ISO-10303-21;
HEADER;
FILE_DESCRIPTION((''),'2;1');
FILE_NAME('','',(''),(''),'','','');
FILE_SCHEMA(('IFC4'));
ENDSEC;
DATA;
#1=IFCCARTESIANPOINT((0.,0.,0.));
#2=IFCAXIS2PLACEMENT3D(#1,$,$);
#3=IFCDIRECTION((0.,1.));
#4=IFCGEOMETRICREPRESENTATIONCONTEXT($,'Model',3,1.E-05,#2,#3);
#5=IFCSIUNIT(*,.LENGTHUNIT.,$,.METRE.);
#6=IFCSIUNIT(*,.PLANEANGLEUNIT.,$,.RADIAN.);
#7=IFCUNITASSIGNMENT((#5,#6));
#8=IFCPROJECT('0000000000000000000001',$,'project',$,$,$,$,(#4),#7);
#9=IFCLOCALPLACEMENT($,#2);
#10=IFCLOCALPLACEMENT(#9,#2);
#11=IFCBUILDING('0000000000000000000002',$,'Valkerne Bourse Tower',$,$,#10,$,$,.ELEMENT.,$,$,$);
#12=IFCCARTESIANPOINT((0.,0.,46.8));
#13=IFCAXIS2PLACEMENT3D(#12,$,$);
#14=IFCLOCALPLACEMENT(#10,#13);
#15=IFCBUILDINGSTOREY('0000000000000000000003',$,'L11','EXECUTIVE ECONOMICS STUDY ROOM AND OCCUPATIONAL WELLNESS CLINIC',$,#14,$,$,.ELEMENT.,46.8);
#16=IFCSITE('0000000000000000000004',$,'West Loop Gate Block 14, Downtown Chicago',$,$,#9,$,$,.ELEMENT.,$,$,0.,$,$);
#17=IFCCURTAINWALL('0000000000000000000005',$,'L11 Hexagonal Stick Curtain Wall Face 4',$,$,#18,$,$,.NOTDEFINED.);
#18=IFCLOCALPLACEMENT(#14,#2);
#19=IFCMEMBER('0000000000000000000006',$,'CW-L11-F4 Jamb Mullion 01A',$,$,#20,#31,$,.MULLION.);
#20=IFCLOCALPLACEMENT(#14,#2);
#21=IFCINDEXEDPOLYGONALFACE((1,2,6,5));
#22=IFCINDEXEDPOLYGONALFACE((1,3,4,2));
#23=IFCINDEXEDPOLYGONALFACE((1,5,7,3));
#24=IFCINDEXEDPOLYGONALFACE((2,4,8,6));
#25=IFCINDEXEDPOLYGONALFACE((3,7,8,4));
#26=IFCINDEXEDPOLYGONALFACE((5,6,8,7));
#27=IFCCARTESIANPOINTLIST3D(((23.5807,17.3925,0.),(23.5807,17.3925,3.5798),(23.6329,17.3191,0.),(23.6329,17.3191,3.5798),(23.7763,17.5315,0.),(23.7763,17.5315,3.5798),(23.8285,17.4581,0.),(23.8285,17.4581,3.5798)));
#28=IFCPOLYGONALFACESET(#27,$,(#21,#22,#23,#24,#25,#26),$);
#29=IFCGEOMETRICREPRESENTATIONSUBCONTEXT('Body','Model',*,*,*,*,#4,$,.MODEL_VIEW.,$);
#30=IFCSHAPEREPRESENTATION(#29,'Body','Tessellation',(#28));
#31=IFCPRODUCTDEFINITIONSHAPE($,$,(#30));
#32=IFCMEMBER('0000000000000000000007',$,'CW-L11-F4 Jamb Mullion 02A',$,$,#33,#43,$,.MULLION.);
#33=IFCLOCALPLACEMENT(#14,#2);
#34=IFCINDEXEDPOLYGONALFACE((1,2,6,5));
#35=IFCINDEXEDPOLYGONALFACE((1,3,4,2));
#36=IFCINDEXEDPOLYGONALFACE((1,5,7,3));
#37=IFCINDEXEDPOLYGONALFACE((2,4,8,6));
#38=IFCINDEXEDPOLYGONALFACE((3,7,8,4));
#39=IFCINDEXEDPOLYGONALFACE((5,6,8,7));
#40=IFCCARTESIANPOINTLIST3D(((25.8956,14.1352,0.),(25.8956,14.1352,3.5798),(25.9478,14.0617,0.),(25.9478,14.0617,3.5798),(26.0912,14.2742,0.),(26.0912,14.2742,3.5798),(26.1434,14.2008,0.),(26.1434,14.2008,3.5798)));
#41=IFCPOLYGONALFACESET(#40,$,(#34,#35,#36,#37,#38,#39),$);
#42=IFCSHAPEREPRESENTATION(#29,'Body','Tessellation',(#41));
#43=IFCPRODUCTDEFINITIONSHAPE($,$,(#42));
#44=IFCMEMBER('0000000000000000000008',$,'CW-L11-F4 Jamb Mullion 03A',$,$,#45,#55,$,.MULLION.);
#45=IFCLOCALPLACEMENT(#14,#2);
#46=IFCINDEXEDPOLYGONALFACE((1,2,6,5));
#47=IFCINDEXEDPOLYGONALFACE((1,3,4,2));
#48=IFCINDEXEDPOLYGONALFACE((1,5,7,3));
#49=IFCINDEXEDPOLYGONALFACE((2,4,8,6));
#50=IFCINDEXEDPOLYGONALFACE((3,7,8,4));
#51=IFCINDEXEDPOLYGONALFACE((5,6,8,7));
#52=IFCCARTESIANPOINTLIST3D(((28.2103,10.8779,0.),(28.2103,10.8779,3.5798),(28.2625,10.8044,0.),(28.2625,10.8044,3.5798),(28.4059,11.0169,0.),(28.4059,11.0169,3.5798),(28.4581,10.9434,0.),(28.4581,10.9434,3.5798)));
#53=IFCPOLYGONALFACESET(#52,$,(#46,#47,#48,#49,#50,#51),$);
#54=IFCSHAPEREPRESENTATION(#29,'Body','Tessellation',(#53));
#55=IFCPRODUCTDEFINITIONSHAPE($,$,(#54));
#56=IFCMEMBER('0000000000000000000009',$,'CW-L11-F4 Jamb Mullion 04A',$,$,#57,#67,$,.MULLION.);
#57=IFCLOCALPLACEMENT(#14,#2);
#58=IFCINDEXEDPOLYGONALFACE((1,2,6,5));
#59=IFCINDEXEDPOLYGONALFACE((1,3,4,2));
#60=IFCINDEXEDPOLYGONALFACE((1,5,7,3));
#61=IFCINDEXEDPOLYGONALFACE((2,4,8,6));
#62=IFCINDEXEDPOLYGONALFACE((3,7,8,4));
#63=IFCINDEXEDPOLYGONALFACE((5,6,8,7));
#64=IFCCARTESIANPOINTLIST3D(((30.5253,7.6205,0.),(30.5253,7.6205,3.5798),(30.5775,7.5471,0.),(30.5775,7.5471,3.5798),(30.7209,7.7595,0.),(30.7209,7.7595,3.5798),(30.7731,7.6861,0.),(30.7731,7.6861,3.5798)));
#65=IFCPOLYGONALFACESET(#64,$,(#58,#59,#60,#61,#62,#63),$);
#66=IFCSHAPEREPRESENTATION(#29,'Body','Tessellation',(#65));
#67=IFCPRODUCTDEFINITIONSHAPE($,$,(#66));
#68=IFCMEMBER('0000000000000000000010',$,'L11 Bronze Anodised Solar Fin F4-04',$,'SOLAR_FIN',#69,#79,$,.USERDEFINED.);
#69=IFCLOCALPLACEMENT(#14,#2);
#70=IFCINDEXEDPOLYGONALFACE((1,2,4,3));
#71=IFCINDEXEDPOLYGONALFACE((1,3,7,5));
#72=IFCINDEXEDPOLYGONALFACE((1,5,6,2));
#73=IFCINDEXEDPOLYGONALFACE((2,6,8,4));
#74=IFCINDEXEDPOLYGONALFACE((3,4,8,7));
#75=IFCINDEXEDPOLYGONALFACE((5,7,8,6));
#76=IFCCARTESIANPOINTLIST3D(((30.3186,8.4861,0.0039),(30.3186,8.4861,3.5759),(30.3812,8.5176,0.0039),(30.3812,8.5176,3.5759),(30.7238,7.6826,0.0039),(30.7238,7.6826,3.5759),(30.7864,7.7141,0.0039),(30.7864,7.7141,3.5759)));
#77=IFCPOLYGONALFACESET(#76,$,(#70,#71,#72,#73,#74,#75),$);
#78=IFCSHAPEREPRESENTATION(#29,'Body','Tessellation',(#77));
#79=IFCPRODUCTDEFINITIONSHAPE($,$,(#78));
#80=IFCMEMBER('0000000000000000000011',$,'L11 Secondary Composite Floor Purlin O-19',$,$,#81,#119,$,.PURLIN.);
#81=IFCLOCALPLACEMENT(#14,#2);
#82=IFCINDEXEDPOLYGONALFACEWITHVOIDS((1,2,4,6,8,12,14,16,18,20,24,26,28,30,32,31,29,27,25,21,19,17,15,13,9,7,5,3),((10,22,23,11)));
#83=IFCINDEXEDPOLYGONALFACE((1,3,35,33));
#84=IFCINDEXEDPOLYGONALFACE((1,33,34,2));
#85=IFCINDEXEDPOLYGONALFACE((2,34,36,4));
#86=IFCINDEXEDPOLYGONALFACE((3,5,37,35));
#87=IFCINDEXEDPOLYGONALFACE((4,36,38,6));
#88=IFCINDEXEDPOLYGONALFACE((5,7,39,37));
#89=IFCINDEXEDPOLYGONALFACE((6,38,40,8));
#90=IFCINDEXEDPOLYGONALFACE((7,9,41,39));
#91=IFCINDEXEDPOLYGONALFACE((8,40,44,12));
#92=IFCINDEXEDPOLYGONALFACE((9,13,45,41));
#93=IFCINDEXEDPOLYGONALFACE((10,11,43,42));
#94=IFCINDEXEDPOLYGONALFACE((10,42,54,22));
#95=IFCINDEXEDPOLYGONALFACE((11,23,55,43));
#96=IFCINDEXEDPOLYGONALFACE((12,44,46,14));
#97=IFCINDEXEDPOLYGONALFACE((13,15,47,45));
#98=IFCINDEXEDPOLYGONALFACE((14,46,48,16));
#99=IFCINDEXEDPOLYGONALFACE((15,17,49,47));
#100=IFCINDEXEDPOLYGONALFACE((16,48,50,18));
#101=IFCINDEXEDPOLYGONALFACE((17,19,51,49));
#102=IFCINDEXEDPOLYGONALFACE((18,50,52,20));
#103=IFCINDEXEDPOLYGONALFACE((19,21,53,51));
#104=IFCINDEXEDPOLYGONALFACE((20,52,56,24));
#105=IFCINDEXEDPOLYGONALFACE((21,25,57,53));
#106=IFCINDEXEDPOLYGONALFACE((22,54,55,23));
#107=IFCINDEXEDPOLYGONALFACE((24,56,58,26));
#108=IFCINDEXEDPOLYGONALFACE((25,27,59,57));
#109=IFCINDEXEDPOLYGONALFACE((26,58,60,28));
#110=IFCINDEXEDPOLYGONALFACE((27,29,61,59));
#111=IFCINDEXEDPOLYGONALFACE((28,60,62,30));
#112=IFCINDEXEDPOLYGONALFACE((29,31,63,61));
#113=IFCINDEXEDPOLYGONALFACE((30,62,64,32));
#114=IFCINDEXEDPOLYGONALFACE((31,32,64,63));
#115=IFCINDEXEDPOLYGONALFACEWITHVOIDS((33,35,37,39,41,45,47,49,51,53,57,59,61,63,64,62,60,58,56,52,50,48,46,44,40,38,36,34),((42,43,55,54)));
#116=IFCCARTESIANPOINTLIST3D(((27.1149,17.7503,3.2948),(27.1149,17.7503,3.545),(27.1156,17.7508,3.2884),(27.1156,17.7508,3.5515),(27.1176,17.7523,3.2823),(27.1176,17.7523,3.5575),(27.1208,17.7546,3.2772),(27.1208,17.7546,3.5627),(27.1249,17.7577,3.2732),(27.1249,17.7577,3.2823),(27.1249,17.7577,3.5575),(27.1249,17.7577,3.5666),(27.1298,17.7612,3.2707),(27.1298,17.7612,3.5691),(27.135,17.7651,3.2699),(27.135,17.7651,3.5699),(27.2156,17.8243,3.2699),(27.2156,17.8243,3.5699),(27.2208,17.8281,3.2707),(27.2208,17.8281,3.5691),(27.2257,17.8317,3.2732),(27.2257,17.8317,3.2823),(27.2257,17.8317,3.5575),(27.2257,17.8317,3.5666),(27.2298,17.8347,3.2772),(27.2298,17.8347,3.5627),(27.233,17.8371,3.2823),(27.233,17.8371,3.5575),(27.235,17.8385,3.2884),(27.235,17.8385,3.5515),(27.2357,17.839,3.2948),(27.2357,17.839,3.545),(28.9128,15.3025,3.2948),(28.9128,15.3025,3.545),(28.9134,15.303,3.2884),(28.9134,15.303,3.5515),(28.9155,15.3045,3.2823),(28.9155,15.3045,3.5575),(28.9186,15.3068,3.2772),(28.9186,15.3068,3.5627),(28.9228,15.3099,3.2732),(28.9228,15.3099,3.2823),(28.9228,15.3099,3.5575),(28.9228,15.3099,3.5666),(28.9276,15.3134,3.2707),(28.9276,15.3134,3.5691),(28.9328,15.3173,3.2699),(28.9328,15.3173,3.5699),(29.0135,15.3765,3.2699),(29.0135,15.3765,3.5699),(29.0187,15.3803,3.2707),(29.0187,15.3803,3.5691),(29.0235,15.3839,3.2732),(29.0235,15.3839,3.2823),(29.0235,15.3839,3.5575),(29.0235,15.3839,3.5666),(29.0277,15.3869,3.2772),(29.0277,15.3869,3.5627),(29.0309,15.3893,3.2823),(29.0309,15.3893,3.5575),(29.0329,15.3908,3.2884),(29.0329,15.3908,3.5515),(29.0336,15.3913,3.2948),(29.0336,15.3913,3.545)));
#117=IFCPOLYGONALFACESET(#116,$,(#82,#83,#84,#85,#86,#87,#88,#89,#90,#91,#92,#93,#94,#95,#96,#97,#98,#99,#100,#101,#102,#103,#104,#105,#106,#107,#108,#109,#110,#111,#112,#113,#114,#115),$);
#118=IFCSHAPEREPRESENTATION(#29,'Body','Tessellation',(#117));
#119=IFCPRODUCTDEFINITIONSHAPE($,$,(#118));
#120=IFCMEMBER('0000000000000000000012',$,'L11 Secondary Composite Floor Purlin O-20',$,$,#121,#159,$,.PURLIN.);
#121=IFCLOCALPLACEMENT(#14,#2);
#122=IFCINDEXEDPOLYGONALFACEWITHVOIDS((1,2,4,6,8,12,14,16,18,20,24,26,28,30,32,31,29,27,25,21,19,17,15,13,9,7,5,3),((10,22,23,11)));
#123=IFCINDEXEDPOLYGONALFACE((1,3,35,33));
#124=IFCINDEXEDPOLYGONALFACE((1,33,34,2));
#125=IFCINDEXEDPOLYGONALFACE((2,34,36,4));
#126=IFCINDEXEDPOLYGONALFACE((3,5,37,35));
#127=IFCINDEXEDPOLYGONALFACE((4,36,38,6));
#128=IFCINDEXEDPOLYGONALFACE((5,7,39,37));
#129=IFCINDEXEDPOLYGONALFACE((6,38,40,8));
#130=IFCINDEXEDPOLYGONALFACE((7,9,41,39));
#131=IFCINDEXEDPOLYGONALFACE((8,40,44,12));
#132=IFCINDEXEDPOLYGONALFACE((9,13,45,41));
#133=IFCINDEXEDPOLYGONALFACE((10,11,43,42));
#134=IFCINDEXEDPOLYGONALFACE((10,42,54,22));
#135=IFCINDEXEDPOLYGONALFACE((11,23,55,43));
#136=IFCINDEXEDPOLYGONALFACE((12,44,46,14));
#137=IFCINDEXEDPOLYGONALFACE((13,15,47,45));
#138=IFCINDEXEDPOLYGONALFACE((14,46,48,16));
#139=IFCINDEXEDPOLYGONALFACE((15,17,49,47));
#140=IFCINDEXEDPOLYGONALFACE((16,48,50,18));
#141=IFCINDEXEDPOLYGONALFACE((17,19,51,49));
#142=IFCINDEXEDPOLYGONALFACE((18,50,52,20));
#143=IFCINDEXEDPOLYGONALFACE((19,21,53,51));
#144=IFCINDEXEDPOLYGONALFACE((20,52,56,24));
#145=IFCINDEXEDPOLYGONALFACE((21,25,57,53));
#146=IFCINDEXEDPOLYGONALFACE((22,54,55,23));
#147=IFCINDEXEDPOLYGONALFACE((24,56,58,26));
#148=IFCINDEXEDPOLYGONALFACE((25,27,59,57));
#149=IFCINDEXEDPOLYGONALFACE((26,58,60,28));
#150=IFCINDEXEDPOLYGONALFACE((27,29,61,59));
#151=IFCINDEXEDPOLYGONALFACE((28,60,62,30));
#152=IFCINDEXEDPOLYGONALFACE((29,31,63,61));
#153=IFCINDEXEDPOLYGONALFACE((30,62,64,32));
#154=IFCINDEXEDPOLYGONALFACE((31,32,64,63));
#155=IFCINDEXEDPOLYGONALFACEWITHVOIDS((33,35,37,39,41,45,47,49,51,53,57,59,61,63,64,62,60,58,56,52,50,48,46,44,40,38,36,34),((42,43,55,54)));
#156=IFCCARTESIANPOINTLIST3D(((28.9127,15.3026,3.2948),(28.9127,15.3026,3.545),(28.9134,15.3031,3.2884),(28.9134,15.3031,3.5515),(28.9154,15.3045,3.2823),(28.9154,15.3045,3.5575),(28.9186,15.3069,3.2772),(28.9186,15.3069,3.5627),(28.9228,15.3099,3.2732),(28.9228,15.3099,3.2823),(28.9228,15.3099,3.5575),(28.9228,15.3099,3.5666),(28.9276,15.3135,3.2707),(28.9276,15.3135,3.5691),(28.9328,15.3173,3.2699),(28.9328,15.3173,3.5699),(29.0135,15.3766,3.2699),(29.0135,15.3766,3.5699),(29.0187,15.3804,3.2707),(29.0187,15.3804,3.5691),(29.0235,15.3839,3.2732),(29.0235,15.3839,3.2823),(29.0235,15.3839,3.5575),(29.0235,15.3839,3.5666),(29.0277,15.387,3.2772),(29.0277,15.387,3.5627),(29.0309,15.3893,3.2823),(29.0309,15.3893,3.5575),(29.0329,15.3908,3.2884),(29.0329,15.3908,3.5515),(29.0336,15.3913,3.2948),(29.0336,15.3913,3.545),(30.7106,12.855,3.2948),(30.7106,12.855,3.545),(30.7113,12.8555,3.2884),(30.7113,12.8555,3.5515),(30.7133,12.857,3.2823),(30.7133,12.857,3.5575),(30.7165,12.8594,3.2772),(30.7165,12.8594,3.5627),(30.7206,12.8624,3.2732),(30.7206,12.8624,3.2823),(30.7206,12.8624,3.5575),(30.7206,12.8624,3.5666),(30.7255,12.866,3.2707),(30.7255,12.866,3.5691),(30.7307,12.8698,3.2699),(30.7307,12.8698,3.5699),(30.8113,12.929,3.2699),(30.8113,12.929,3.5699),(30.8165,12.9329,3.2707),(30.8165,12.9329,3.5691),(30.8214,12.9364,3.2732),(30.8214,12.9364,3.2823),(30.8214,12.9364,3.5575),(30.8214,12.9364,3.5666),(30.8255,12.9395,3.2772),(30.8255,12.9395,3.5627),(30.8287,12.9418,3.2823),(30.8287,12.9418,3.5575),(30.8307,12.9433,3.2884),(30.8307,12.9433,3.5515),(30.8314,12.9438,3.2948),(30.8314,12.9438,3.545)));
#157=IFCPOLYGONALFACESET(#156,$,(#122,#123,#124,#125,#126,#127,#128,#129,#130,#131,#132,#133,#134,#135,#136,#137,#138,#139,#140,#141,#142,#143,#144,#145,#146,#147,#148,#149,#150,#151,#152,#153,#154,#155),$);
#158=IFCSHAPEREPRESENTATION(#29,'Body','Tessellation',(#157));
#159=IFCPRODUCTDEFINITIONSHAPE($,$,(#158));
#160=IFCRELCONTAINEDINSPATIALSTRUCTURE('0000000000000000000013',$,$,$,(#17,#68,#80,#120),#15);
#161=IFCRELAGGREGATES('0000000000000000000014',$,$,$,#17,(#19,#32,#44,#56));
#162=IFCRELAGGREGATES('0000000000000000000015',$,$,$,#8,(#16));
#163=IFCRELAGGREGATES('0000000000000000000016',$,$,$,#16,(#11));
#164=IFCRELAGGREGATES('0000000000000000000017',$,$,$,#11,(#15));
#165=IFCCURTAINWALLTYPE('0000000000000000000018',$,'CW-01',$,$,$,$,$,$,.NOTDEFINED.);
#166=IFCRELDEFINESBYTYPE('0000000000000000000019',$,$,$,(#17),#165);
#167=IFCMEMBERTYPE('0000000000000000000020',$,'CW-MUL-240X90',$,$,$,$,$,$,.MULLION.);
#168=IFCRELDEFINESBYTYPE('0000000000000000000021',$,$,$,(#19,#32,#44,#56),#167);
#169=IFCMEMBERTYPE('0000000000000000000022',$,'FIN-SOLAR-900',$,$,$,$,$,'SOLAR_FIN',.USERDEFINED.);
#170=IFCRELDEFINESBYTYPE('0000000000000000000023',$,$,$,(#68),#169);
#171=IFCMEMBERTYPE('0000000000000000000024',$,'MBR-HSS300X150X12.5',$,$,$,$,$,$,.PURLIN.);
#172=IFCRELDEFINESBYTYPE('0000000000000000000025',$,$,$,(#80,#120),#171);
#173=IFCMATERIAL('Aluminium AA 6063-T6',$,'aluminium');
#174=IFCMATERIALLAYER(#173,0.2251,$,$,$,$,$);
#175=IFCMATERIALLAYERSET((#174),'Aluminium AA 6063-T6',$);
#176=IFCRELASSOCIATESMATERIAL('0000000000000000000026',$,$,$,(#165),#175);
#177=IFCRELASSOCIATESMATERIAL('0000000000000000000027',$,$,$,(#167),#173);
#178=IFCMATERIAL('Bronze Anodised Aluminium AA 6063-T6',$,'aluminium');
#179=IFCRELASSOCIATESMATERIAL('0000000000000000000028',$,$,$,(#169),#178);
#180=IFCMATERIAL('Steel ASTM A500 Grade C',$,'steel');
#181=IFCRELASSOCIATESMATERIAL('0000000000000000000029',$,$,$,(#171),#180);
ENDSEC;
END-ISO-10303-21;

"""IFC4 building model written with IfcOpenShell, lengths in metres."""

from ifc_helpers import new_model, si_unit, direction, frame, origin, origin_2d, place, context, subcontext, project, spatial, rectangle, hollow_rectangle, extrude, material, layer, layer_set, material_profile, profile_set, type_object, element, aggregate, save


model = new_model("IFC4")

# Units and contexts
model_context = context("Model", 3, precision=1e-05, world=origin(), true_north=direction((0.0, 1.0)))
body_context = subcontext(model_context, "Body", "Model", "MODEL_VIEW")
ifc_project = project(units=[si_unit("LENGTHUNIT", "METRE"), si_unit("PLANEANGLEUNIT", "RADIAN")], contexts=[model_context])

# Site, building, storey
site_placement = place(None, origin())
site = spatial("IfcSite", under=ifc_project, at=site_placement, Name="West Loop Gate Block 14, Downtown Chicago", CompositionType="ELEMENT", RefElevation=0.0)
building_placement = place(site_placement, origin())
building = spatial("IfcBuilding", under=site, at=building_placement, Name="Valkerne Bourse Tower", CompositionType="ELEMENT")
storey_placement = place(building_placement, frame((0.0, 0.0, 46.8)))
storey = spatial("IfcBuildingStorey", under=building, at=storey_placement, Name="L11", Description="EXECUTIVE ECONOMICS STUDY ROOM AND OCCUPATIONAL WELLNESS CLINIC", CompositionType="ELEMENT", Elevation=46.8)

# Curtain wall, members
ifc_material_1 = material(Name="Aluminium AA 6063-T6", Category="aluminium")
ifc_layer_1 = layer(ifc_material_1, 0.2251)
ifc_layer_set_1 = layer_set([ifc_layer_1], Name="Aluminium AA 6063-T6")
curtain_wall_type = type_object("IfcCurtainWallType", Name="CW-01", PredefinedType="NOTDEFINED", material=ifc_layer_set_1)
curtain_wall_placement = place(storey_placement, origin())
curtain_wall = element("IfcCurtainWall", 1, at=curtain_wall_placement, inside=storey, type_object=curtain_wall_type, Name="L11 Hexagonal Stick Curtain Wall Face 4", PredefinedType="NOTDEFINED")
ifc_material_profile_1 = material_profile(ifc_material_1, rectangle(XDim=0.0901, YDim=0.24, at=origin_2d()), Name="CWM-90X240")
ifc_profile_set_1 = profile_set([ifc_material_profile_1], Name="Aluminium AA 6063-T6")
member_type_1 = type_object("IfcMemberType", Name="CW-MUL-240X90", PredefinedType="MULLION", material=ifc_profile_set_1)
member_1_placement = place(storey_placement, frame((23.7046, 17.4253, 0.0), z_axis=(0.0, 0.0, 1.0), x_axis=(0.579274, -0.815133, 0.0)))
member_1 = element("IfcMember", 2, at=member_1_placement, type_object=member_type_1, Name="CW-L11-F4 Jamb Mullion 01A", PredefinedType="MULLION", context=body_context, shape_type="SweptSolid", body=[
    extrude(rectangle(XDim=0.0901, YDim=0.24, at=origin_2d()), origin(), (0.0, 0.0, 1.0), 3.5798),
])
member_2_placement = place(storey_placement, frame((26.0195, 14.168, 0.0), z_axis=(0.0, 0.0, 1.0), x_axis=(0.579286, -0.815124, 0.0)))
member_2 = element("IfcMember", 3, at=member_2_placement, type_object=member_type_1, Name="CW-L11-F4 Jamb Mullion 02A", PredefinedType="MULLION", context=body_context, shape_type="SweptSolid", body=[
    extrude(rectangle(XDim=0.0901, YDim=0.24, at=origin_2d()), origin(), (0.0, 0.0, 1.0), 3.5798),
])
member_3_placement = place(storey_placement, frame((28.3342, 10.9106, 0.0), z_axis=(0.0, 0.0, 1.0), x_axis=(0.579274, -0.815133, 0.0)))
member_3 = element("IfcMember", 4, at=member_3_placement, type_object=member_type_1, Name="CW-L11-F4 Jamb Mullion 03A", PredefinedType="MULLION", context=body_context, shape_type="SweptSolid", body=[
    extrude(rectangle(XDim=0.0901, YDim=0.24, at=origin_2d()), origin(), (0.0, 0.0, 1.0), 3.5798),
])
member_4_placement = place(storey_placement, frame((30.6492, 7.6533, 0.0), z_axis=(0.0, 0.0, 1.0), x_axis=(0.579286, -0.815124, 0.0)))
member_4 = element("IfcMember", 5, at=member_4_placement, type_object=member_type_1, Name="CW-L11-F4 Jamb Mullion 04A", PredefinedType="MULLION", context=body_context, shape_type="SweptSolid", body=[
    extrude(rectangle(XDim=0.0901, YDim=0.24, at=origin_2d()), origin(), (0.0, 0.0, 1.0), 3.5798),
])

# Members
ifc_material_2 = material(Name="Bronze Anodised Aluminium AA 6063-T6", Category="aluminium")
ifc_material_profile_2 = material_profile(ifc_material_2, rectangle(XDim=0.0701, YDim=0.8999, at=origin_2d()), Name="FIN-70X900")
ifc_profile_set_2 = profile_set([ifc_material_profile_2], Name="Bronze Anodised Aluminium AA 6063-T6")
member_type_2 = type_object("IfcMemberType", Name="FIN-SOLAR-900", ElementType="SOLAR_FIN", PredefinedType="USERDEFINED", material=ifc_profile_set_2)
member_5_placement = place(storey_placement, frame((30.5525, 8.1001, 0.0039), z_axis=(0.0, 0.0, 1.0), x_axis=(-0.892885, -0.450284, 0.0)))
element("IfcMember", 6, at=member_5_placement, inside=storey, type_object=member_type_2, Name="L11 Bronze Anodised Solar Fin F4-04", ObjectType="SOLAR_FIN", PredefinedType="USERDEFINED", context=body_context, shape_type="SweptSolid", body=[
    extrude(rectangle(XDim=0.0701, YDim=0.8999, at=origin_2d()), origin(), (0.0, 0.0, 1.0), 3.572),
])
ifc_material_3 = material(Name="Steel ASTM A500 Grade C", Category="steel")
ifc_material_profile_3 = material_profile(ifc_material_3, hollow_rectangle(XDim=0.1499, YDim=0.3, WallThickness=0.0125, OuterFilletRadius=0.0249, at=origin_2d()), Name="HSS300X150X12.5")
ifc_profile_set_3 = profile_set([ifc_material_profile_3], Name="Steel ASTM A500 Grade C")
member_type_3 = type_object("IfcMemberType", Name="MBR-HSS300X150X12.5", PredefinedType="PURLIN", material=ifc_profile_set_3)
member_6_placement = place(storey_placement, frame((27.1753, 17.7947, 3.4199), z_axis=(0.59197, -0.80596, 0.0), x_axis=(0.80596, 0.59197, 0.0)))
element("IfcMember", 7, at=member_6_placement, inside=storey, type_object=member_type_3, Name="L11 Secondary Composite Floor Purlin O-19", PredefinedType="PURLIN", context=body_context, shape_type="SweptSolid", body=[
    extrude(hollow_rectangle(XDim=0.1499, YDim=0.3, WallThickness=0.0125, OuterFilletRadius=0.0249, at=origin_2d()), origin(), (0.0, 0.0, 1.0), 3.0371),
])
member_7_placement = place(storey_placement, frame((28.9731, 15.3469, 3.4199), z_axis=(0.592008, -0.805932, 0.0), x_axis=(0.805932, 0.592008, 0.0)))
element("IfcMember", 8, at=member_7_placement, inside=storey, type_object=member_type_3, Name="L11 Secondary Composite Floor Purlin O-20", PredefinedType="PURLIN", context=body_context, shape_type="SweptSolid", body=[
    extrude(hollow_rectangle(XDim=0.1499, YDim=0.3, WallThickness=0.0125, OuterFilletRadius=0.0249, at=origin_2d()), origin(), (0.0, 0.0, 1.0), 3.0369),
])

aggregate(curtain_wall, [member_1, member_2, member_3, member_4])

save(model, "model.ifc")
